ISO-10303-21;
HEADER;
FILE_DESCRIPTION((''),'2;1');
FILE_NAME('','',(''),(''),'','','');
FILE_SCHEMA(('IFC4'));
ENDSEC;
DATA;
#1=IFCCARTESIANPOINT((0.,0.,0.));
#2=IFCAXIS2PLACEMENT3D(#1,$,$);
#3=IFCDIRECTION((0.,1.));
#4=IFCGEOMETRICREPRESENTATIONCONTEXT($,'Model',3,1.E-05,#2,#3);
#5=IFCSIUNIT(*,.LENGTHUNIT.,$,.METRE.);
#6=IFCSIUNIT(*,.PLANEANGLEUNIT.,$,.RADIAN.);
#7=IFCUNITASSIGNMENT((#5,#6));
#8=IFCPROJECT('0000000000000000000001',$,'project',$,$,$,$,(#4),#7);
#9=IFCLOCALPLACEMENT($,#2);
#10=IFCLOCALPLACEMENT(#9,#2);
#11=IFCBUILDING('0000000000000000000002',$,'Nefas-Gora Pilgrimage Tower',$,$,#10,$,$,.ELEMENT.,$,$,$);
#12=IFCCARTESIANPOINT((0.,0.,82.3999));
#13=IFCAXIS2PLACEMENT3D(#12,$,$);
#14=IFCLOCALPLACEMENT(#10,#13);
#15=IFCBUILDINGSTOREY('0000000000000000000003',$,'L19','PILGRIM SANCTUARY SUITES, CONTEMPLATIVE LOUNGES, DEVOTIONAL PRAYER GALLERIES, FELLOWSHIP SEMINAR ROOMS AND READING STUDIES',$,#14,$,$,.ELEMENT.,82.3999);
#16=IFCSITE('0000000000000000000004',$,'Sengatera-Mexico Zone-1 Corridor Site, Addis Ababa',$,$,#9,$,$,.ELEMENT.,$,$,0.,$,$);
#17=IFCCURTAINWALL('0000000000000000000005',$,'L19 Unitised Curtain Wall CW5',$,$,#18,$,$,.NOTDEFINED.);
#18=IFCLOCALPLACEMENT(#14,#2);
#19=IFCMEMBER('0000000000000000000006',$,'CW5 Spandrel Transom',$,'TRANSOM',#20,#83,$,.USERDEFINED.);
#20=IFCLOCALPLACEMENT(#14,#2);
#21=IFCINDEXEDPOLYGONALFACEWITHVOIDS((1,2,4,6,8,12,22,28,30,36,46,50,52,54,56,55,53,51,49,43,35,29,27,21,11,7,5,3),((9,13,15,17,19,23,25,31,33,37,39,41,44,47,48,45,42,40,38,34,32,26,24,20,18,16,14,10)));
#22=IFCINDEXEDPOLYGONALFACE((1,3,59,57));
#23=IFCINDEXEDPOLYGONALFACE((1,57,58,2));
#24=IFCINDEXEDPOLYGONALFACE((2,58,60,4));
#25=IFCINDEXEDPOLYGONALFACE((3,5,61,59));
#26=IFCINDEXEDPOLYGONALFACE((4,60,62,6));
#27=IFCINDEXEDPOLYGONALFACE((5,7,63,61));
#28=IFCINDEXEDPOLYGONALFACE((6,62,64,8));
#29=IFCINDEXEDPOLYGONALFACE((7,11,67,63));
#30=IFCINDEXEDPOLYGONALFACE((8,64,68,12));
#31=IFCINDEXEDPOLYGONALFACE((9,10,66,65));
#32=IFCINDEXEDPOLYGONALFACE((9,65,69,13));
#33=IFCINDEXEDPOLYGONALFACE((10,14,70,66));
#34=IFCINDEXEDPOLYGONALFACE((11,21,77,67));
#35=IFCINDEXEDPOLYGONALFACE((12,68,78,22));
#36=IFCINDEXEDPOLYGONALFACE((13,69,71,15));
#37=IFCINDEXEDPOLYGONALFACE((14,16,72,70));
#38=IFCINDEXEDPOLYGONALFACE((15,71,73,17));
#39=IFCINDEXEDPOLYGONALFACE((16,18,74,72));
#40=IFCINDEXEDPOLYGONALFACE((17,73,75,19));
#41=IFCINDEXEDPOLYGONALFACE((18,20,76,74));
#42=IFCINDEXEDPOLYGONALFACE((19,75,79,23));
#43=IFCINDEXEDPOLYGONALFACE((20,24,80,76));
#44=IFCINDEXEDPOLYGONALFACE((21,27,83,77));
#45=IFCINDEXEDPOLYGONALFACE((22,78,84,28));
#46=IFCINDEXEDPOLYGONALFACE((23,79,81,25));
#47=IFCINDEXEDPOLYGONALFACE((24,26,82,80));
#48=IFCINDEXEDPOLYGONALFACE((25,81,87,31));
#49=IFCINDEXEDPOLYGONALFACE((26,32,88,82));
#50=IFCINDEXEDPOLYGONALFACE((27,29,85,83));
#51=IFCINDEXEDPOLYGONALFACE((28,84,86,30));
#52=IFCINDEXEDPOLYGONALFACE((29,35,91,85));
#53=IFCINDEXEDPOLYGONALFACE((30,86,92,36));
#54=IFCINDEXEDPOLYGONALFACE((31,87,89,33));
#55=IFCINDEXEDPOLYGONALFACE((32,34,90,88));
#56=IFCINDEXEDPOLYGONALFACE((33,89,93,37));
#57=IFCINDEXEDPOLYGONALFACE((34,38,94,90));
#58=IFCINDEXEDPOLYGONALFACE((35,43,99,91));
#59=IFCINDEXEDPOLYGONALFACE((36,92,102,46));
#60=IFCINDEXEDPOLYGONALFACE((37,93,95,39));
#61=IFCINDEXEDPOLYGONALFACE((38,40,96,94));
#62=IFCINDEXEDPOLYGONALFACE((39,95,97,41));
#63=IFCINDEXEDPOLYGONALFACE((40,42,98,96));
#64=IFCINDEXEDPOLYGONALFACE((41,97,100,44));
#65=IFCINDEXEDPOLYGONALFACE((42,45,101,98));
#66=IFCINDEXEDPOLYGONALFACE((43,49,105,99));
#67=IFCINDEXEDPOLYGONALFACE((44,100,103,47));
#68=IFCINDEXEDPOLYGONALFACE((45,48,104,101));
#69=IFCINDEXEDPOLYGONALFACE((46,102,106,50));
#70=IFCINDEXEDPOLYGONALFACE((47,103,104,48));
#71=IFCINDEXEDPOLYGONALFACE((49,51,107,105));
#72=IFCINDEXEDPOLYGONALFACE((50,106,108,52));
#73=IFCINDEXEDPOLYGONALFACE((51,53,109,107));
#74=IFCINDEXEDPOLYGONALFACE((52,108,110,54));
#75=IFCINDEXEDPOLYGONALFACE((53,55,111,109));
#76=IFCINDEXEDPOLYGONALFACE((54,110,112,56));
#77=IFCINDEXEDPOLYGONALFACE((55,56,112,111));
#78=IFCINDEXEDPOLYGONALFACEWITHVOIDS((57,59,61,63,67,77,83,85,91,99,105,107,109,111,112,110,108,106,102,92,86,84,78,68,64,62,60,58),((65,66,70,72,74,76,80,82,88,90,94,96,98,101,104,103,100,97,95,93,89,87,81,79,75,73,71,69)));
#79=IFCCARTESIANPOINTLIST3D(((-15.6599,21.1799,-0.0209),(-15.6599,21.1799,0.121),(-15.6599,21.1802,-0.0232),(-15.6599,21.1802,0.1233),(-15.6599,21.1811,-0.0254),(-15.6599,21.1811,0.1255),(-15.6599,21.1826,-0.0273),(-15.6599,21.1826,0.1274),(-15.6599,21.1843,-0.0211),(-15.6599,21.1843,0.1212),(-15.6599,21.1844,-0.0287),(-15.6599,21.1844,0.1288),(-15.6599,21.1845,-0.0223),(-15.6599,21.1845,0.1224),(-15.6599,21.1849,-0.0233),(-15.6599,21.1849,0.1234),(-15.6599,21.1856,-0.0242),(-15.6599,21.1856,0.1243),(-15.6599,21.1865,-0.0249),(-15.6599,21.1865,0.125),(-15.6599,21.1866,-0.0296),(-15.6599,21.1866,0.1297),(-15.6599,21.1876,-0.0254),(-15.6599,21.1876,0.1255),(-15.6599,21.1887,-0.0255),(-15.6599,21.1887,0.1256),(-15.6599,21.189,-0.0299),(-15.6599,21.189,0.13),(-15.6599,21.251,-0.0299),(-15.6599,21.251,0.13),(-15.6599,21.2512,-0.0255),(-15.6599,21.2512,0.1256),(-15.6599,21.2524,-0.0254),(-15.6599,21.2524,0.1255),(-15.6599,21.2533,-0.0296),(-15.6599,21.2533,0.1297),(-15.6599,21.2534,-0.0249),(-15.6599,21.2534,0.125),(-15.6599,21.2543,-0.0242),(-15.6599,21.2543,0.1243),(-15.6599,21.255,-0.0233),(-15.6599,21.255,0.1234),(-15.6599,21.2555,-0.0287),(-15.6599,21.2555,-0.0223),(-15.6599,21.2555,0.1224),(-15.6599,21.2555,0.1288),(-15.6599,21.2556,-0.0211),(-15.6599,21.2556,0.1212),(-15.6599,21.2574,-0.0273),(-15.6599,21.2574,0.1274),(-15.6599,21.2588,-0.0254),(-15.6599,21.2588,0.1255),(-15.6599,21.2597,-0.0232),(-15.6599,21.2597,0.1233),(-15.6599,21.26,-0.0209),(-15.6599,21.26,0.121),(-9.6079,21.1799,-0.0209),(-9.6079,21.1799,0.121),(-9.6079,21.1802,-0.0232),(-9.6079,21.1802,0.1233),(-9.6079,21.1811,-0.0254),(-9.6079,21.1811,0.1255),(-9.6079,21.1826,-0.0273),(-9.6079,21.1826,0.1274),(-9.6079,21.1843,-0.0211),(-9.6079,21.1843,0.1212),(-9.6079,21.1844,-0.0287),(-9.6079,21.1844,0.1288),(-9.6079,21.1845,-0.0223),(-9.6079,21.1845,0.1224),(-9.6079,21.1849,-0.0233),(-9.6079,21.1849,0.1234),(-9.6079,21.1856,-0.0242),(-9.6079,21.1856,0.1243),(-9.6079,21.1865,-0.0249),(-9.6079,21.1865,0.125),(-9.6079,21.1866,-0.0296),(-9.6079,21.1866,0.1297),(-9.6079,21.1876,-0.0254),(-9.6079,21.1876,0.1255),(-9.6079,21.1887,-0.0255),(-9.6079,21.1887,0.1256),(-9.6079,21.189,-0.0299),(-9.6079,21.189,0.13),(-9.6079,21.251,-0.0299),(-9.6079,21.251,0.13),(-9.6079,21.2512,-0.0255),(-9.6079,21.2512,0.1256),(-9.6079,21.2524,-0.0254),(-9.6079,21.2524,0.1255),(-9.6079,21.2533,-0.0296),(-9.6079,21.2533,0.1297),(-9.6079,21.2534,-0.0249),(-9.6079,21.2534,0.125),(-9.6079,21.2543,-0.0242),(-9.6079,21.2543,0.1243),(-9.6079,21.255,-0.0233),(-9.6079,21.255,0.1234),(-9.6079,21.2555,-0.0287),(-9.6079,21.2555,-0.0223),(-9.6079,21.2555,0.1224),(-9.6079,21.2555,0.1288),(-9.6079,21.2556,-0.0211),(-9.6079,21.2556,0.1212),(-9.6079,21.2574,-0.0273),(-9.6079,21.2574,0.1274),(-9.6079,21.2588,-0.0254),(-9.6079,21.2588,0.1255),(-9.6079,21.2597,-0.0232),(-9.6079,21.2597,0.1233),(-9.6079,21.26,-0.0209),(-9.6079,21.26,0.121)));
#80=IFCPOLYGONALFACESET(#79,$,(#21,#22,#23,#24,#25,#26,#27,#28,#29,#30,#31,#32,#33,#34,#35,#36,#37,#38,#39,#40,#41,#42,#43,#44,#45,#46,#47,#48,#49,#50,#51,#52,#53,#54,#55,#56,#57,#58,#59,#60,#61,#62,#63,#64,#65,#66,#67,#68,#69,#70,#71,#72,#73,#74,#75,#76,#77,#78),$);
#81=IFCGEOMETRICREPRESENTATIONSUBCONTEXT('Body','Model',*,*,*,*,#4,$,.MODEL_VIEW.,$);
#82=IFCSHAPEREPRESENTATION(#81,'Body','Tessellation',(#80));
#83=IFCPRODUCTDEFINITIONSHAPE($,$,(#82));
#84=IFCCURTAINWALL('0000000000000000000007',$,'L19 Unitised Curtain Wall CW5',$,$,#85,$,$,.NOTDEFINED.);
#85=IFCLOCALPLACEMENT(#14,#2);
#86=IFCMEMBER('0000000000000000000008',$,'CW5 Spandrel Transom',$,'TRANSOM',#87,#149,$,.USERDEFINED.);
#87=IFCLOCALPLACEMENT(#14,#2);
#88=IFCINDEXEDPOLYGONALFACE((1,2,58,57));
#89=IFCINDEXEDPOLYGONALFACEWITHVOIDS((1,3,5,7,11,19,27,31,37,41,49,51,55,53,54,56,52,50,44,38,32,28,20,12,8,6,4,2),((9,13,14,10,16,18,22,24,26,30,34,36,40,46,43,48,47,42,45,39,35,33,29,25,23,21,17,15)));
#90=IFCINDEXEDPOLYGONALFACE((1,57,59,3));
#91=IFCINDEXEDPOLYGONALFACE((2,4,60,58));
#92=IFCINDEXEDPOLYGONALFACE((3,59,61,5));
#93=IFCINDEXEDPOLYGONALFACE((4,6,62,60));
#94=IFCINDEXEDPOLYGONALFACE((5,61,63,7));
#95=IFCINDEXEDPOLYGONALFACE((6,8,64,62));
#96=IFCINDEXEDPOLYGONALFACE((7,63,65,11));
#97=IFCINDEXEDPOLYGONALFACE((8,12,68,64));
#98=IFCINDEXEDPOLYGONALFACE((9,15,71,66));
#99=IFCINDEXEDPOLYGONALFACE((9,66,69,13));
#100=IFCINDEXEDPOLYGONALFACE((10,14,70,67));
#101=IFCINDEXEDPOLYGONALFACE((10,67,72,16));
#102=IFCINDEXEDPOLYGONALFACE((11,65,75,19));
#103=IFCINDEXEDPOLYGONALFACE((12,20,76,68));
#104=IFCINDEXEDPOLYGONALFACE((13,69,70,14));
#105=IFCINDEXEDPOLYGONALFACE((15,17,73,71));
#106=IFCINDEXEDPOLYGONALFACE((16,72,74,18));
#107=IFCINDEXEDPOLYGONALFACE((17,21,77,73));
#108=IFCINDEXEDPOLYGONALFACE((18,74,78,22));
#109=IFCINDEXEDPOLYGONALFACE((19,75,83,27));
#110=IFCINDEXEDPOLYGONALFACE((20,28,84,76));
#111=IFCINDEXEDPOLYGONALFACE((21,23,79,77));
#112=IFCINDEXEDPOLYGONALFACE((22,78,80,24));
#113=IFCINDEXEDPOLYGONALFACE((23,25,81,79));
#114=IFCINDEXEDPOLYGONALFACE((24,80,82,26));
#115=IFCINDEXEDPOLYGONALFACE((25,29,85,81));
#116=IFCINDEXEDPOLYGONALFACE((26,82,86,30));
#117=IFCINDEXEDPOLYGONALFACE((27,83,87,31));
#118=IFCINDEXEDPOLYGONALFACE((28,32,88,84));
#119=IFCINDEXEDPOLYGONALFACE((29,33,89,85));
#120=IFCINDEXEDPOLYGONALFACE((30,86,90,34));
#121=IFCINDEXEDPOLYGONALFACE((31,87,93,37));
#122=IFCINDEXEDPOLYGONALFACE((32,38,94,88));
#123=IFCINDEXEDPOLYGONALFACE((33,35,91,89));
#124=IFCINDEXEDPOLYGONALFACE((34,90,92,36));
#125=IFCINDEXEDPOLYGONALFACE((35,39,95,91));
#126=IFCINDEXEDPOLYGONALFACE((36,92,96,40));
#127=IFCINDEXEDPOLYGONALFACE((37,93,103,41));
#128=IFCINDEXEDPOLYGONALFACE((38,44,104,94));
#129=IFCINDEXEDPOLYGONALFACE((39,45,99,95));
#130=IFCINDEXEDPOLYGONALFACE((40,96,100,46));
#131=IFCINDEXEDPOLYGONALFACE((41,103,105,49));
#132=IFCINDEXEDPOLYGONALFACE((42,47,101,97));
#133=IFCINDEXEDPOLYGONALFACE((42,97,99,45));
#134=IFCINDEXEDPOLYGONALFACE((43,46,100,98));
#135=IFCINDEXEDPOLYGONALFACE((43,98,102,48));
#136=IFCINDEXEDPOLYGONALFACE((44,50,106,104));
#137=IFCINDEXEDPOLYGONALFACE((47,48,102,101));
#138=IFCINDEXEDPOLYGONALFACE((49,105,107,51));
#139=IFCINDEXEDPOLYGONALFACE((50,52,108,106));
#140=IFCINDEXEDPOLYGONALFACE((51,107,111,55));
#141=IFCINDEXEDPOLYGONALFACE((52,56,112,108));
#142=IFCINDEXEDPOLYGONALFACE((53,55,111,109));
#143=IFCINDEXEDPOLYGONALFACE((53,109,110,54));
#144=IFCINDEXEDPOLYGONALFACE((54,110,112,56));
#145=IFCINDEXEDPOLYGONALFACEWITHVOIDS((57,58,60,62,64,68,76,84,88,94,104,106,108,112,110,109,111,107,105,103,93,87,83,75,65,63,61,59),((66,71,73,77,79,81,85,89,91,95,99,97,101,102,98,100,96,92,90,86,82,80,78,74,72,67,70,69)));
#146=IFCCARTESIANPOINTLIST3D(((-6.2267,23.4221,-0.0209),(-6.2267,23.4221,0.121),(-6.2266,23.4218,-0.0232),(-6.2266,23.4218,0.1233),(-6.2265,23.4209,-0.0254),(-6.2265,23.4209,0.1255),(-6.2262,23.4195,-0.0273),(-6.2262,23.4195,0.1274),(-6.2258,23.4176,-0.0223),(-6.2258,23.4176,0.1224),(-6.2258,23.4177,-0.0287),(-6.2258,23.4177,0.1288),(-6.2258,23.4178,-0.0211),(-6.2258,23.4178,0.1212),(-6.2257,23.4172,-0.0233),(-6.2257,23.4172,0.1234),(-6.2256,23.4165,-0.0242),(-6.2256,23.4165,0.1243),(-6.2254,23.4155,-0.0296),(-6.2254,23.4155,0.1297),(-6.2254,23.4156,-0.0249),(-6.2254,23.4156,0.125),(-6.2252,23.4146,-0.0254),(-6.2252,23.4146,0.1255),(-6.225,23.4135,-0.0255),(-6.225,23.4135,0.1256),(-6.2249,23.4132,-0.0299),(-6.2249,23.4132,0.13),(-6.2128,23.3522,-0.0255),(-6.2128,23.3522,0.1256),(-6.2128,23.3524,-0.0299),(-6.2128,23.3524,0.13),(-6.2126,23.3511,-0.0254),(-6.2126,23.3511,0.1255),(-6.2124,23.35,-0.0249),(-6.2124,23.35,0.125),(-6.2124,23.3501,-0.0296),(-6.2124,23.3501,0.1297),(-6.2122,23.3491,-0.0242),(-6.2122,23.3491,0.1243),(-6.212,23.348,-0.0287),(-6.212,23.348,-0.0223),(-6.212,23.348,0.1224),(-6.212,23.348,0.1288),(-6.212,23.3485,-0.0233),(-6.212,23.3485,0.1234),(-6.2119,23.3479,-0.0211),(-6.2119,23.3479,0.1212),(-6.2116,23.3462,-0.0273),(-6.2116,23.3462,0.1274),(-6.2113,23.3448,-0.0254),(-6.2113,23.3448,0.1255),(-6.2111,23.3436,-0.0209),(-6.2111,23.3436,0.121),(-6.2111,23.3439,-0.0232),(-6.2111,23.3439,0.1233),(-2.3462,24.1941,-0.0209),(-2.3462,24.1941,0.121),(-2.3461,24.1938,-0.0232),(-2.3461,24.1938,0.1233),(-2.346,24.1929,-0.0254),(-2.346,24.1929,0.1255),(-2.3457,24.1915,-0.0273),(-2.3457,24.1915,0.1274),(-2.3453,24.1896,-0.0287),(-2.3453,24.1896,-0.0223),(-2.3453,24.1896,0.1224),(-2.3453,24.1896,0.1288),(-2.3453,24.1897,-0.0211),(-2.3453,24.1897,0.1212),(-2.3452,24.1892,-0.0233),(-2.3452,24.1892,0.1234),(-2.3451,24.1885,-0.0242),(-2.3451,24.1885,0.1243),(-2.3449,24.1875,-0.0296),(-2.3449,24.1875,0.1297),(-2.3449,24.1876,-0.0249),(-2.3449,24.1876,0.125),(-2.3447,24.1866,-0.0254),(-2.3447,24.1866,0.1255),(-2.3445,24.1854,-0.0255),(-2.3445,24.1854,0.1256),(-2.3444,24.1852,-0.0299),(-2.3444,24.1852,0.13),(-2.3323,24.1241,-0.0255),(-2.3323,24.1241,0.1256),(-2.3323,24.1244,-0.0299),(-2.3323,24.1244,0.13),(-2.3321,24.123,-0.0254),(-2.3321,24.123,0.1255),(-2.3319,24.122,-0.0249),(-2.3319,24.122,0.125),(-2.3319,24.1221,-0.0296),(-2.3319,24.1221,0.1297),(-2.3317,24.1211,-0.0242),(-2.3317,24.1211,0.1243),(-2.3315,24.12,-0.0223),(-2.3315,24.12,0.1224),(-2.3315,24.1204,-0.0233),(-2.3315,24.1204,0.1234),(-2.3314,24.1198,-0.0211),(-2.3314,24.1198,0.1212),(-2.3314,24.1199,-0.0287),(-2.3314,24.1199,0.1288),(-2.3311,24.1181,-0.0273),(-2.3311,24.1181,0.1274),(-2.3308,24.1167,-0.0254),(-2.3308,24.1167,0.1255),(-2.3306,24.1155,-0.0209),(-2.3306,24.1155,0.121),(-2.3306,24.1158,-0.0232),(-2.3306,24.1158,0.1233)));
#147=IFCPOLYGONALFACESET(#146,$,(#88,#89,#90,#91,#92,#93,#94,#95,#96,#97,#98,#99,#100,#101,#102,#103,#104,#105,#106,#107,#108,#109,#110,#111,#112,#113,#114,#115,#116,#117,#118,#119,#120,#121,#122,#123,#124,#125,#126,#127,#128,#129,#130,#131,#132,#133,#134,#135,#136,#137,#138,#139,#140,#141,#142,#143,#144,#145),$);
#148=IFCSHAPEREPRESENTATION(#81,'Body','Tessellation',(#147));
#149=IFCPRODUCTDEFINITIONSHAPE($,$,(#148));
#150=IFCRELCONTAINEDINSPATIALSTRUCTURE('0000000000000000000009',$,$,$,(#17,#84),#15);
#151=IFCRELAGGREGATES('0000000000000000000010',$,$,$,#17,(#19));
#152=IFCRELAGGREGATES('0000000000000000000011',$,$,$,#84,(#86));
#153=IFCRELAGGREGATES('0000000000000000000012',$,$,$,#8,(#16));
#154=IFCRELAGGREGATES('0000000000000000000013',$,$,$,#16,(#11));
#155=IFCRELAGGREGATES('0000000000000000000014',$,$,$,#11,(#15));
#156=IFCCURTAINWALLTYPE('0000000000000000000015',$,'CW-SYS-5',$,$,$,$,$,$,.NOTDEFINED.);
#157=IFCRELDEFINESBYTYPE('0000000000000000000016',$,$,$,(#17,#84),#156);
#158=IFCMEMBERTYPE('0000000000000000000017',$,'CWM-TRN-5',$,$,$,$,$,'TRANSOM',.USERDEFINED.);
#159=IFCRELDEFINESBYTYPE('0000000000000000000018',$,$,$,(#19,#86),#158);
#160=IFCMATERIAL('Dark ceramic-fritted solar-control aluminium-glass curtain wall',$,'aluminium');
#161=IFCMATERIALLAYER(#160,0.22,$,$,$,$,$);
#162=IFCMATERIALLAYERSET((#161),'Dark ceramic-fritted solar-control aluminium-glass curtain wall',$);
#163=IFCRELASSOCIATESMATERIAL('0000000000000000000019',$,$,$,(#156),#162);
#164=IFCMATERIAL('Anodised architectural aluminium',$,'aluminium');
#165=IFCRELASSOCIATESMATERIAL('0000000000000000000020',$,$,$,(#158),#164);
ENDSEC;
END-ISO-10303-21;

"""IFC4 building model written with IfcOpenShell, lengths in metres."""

from ifc_helpers import new_model, si_unit, direction, frame, origin, origin_2d, place, context, subcontext, project, spatial, hollow_rectangle, extrude, source, transform, mapped, material, layer, layer_set, material_profile, profile_set, type_object, element, aggregate, save


model = new_model("IFC4")

# Units and contexts
model_context = context("Model", 3, precision=1e-05, world=origin(), true_north=direction((0.0, 1.0)))
body_context = subcontext(model_context, "Body", "Model", "MODEL_VIEW")
ifc_project = project(units=[si_unit("LENGTHUNIT", "METRE"), si_unit("PLANEANGLEUNIT", "RADIAN")], contexts=[model_context])

# Site, building, storey
site_placement = place(None, origin())
site = spatial("IfcSite", under=ifc_project, at=site_placement, Name="Sengatera-Mexico Zone-1 Corridor Site, Addis Ababa", CompositionType="ELEMENT", RefElevation=0.0)
building_placement = place(site_placement, origin())
building = spatial("IfcBuilding", under=site, at=building_placement, Name="Nefas-Gora Pilgrimage Tower", CompositionType="ELEMENT")
storey_placement = place(building_placement, frame((0.0, 0.0, 82.3999)))
storey = spatial("IfcBuildingStorey", under=building, at=storey_placement, Name="L19", Description="PILGRIM SANCTUARY SUITES, CONTEMPLATIVE LOUNGES, DEVOTIONAL PRAYER GALLERIES, FELLOWSHIP SEMINAR ROOMS AND READING STUDIES", CompositionType="ELEMENT", Elevation=82.3999)

# Curtain walls, members
ifc_material_1 = material(Name="Dark ceramic-fritted solar-control aluminium-glass curtain wall", Category="aluminium")
ifc_layer_1 = layer(ifc_material_1, 0.22)
ifc_layer_set_1 = layer_set([ifc_layer_1], Name="Dark ceramic-fritted solar-control aluminium-glass curtain wall")
curtain_wall_type = type_object("IfcCurtainWallType", Name="CW-SYS-5", PredefinedType="NOTDEFINED", material=ifc_layer_set_1)
curtain_wall_1_placement = place(storey_placement, origin())
curtain_wall_1 = element("IfcCurtainWall", 1, at=curtain_wall_1_placement, inside=storey, type_object=curtain_wall_type, Name="L19 Unitised Curtain Wall CW5", PredefinedType="NOTDEFINED")
ifc_material_2 = material(Name="Anodised architectural aluminium", Category="aluminium")
ifc_material_profile_1 = material_profile(ifc_material_2, hollow_rectangle(XDim=0.0801, YDim=0.1599, WallThickness=0.0044, InnerFilletRadius=0.0044, OuterFilletRadius=0.009, at=origin_2d()), Name="ALU TRANSOM 80x160")
ifc_profile_set_1 = profile_set([ifc_material_profile_1], Name="Anodised architectural aluminium")
member_type_1 = type_object("IfcMemberType", Name="CWM-TRN-5", ElementType="TRANSOM", PredefinedType="USERDEFINED", material=ifc_profile_set_1)
shared_shape_1 = source(origin(), body_context, "Body", "SweptSolid", [
    extrude(hollow_rectangle(XDim=0.0801, YDim=0.1599, WallThickness=0.0044, InnerFilletRadius=0.0044, OuterFilletRadius=0.009, at=origin_2d()), origin(), (0.0, 0.0, 1.0), 6.052),
])
member_1_placement = place(storey_placement, frame((-9.6079, 21.22, 0.05), z_axis=(-1.0, 0.0, 0.0), x_axis=(0.0, -1.0, 0.0)))
member_1 = element("IfcMember", 2, at=member_1_placement, type_object=member_type_1, Name="CW5 Spandrel Transom", ObjectType="TRANSOM", PredefinedType="USERDEFINED", context=body_context, shape_type="MappedRepresentation", body=[
    mapped(shared_shape_1, transform((0.0, 0.0, 0.0), x_axis=(1.0, 0.0, 0.0), y_axis=(0.0, 1.0, 0.0), z_axis=(0.0, 0.0, 1.0), scale=1.0)),
])
curtain_wall_2_placement = place(storey_placement, origin())
curtain_wall_2 = element("IfcCurtainWall", 3, at=curtain_wall_2_placement, inside=storey, type_object=curtain_wall_type, Name="L19 Unitised Curtain Wall CW5", PredefinedType="NOTDEFINED")
shared_shape_2 = source(origin(), body_context, "Body", "SweptSolid", [
    extrude(hollow_rectangle(XDim=0.0801, YDim=0.1599, WallThickness=0.0044, InnerFilletRadius=0.0044, OuterFilletRadius=0.009, at=origin_2d()), origin(), (0.0, 0.0, 1.0), 3.9565),
])
member_2_placement = place(storey_placement, frame((-2.3384, 24.1548, 0.05), z_axis=(-0.980782, -0.195107, 0.0), x_axis=(0.195107, -0.980782, 0.0)))
member_2 = element("IfcMember", 4, at=member_2_placement, type_object=member_type_1, Name="CW5 Spandrel Transom", ObjectType="TRANSOM", PredefinedType="USERDEFINED", context=body_context, shape_type="MappedRepresentation", body=[
    mapped(shared_shape_2, transform((0.0, 0.0, 0.0), x_axis=(1.0, 0.0, 0.0), y_axis=(0.0, 1.0, 0.0), z_axis=(0.0, 0.0, 1.0), scale=1.0)),
])

aggregate(curtain_wall_1, [member_1])

aggregate(curtain_wall_2, [member_2])

save(model, "model.ifc")
